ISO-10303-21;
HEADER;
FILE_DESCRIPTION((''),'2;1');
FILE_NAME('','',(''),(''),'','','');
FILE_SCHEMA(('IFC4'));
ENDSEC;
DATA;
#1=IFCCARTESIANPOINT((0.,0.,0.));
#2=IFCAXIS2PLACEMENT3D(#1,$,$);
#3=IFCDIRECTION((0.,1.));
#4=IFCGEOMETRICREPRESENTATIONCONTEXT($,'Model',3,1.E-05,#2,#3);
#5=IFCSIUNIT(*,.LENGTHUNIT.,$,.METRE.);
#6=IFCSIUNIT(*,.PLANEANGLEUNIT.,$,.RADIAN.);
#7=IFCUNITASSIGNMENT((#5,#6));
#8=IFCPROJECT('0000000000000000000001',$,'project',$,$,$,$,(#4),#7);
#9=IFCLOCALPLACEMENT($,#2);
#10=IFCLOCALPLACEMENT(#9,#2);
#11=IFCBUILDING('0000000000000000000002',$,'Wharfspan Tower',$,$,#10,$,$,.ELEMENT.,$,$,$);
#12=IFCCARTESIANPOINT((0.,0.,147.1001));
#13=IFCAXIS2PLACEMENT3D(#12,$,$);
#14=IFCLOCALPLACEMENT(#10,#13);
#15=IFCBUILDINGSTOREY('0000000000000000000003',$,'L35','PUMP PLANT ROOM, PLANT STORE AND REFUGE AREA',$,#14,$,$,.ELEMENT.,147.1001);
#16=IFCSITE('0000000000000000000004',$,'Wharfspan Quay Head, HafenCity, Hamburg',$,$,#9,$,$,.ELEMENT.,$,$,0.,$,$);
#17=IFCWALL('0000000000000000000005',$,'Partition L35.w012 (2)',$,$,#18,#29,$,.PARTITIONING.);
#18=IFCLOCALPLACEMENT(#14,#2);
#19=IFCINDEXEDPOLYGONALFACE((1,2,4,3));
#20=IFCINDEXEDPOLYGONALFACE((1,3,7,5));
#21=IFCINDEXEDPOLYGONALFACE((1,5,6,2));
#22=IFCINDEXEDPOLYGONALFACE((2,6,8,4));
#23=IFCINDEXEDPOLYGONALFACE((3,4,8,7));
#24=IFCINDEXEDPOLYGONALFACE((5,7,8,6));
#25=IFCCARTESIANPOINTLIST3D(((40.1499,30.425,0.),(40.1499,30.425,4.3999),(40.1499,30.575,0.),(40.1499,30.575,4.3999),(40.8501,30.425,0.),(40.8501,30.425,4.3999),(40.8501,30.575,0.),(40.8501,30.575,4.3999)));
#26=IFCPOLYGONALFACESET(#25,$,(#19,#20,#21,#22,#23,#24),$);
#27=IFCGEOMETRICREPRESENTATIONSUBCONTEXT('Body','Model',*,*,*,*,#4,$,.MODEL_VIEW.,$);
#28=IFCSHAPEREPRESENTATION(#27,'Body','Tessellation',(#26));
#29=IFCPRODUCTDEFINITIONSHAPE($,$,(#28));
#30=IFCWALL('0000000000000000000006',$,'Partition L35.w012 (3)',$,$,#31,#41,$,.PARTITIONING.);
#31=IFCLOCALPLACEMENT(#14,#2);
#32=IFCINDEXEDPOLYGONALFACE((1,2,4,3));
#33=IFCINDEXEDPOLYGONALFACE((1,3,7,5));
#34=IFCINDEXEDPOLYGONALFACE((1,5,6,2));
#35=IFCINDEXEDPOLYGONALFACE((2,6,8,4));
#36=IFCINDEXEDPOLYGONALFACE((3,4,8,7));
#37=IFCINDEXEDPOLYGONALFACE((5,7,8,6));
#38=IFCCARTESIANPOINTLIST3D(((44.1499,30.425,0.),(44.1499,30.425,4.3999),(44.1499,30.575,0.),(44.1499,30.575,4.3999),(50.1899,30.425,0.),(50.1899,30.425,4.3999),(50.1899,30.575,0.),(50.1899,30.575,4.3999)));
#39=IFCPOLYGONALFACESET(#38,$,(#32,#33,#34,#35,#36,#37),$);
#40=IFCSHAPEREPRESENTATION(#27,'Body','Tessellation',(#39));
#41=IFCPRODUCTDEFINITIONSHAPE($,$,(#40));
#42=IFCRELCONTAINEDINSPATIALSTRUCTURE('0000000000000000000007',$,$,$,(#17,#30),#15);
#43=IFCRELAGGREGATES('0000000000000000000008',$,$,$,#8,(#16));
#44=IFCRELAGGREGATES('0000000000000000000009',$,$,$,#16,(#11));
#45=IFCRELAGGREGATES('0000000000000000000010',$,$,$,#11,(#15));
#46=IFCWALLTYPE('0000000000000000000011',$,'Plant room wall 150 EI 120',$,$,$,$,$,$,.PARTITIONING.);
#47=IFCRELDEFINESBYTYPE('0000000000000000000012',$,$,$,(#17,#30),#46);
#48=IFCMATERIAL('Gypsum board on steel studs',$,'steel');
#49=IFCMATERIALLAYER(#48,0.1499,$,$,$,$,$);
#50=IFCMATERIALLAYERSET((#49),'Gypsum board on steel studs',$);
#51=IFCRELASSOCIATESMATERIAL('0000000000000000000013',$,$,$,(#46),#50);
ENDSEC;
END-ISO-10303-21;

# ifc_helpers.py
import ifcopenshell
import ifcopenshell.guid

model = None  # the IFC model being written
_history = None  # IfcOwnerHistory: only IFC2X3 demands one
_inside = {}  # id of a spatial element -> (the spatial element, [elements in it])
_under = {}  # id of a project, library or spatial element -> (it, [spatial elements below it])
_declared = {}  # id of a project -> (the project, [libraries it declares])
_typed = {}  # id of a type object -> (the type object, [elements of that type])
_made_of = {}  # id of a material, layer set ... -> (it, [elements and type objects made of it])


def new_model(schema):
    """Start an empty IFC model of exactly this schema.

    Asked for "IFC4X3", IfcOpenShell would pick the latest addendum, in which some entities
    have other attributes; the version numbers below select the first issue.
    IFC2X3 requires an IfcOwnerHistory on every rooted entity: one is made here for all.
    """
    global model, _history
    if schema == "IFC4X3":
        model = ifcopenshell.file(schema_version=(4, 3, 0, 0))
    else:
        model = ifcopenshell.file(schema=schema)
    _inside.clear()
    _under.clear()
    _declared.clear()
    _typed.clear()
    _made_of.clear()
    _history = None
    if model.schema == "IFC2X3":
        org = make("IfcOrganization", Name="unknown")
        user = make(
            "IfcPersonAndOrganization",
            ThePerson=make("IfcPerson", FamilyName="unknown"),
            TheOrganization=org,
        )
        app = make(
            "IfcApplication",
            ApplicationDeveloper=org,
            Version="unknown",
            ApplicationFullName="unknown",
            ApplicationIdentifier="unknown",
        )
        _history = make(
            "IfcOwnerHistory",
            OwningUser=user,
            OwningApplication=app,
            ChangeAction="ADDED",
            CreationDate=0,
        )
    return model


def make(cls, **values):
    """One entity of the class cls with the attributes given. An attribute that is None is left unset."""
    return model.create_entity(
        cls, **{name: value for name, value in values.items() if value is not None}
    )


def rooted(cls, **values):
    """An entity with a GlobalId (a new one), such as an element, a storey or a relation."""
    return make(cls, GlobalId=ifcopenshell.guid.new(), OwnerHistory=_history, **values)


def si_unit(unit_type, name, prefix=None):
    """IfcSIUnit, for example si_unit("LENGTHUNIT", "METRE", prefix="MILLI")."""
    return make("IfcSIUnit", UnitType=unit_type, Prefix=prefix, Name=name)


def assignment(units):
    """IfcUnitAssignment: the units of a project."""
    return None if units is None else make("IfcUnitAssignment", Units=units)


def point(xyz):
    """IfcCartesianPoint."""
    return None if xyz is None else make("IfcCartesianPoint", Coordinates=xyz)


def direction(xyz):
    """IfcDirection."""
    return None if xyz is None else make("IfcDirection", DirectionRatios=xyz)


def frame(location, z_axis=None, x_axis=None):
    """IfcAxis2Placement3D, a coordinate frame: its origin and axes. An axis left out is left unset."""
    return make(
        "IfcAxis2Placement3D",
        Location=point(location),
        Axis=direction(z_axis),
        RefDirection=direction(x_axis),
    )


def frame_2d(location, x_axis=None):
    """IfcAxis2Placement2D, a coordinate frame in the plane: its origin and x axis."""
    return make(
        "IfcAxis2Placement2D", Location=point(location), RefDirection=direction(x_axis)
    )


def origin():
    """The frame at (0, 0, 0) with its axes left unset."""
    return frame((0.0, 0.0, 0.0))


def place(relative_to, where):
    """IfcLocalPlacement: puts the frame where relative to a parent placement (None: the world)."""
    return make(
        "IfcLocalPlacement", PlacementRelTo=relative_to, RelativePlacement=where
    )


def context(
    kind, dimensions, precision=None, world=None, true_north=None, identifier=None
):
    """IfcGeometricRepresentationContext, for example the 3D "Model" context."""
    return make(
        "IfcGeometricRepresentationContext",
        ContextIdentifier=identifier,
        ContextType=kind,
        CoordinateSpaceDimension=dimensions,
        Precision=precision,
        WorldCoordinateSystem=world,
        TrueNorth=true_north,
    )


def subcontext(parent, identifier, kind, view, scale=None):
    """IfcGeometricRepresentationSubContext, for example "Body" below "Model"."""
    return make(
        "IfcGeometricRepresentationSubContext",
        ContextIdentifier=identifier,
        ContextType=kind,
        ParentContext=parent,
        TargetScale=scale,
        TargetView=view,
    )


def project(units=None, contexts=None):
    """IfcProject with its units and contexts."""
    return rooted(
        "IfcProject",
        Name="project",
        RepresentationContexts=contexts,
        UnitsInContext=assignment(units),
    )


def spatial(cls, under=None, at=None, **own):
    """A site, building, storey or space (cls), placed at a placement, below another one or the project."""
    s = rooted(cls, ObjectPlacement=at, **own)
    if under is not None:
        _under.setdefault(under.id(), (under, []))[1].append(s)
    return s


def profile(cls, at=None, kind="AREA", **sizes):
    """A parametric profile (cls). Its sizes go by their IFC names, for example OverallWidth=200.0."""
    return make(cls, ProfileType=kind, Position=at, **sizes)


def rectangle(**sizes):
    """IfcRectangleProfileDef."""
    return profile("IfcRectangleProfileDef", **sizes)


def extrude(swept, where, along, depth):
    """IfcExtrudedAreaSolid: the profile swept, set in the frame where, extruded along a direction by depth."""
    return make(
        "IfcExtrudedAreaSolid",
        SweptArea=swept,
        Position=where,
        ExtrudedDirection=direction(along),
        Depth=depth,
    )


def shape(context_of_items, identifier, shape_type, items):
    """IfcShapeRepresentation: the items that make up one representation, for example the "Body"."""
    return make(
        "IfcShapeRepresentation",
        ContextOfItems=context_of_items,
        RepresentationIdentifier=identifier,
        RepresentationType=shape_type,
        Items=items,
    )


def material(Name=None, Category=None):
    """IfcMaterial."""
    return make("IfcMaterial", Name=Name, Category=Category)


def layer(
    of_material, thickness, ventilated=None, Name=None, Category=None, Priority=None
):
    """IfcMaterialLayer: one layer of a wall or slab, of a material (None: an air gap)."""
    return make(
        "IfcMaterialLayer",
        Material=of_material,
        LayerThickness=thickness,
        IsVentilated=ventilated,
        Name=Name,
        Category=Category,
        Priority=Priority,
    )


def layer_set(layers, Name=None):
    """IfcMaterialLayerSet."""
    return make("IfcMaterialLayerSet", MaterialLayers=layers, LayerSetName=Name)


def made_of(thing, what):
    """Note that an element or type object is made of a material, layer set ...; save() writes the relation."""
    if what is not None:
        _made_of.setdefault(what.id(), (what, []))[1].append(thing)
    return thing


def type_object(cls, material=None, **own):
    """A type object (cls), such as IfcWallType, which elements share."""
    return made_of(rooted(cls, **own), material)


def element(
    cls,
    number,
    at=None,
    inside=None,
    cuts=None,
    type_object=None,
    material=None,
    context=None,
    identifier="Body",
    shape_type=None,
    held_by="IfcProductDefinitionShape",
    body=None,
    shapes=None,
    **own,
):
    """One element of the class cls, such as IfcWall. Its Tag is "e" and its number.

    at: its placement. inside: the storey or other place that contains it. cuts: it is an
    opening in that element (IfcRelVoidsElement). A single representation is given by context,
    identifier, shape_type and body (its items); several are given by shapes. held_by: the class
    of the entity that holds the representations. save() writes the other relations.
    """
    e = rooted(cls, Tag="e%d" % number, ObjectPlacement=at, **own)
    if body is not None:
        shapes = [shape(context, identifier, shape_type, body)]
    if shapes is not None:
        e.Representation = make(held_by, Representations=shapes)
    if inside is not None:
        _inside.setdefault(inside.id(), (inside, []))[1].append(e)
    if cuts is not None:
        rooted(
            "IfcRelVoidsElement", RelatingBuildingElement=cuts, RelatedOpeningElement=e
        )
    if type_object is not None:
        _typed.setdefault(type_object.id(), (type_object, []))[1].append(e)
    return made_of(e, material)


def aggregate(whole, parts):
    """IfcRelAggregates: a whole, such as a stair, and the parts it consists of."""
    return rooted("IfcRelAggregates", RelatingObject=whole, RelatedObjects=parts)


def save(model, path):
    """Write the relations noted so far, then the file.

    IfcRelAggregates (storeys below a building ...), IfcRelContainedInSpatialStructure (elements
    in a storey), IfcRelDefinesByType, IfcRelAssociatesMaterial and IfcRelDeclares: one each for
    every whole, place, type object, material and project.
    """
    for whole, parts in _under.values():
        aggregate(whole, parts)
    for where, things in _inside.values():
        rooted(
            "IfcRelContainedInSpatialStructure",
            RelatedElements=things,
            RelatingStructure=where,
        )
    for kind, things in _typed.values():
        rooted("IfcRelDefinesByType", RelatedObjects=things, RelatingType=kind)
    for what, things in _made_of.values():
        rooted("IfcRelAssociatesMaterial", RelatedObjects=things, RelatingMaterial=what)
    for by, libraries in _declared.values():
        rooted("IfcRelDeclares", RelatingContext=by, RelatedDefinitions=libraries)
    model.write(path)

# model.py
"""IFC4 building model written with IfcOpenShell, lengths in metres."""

from ifc_helpers import new_model, si_unit, direction, frame, frame_2d, origin, place, context, subcontext, project, spatial, rectangle, extrude, material, layer, layer_set, type_object, element, save


model = new_model("IFC4")

# Units and contexts
model_context = context("Model", 3, precision=1e-05, world=origin(), true_north=direction((0.0, 1.0)))
body_context = subcontext(model_context, "Body", "Model", "MODEL_VIEW")
ifc_project = project(units=[si_unit("LENGTHUNIT", "METRE"), si_unit("PLANEANGLEUNIT", "RADIAN")], contexts=[model_context])

# Site, building, storey
site_placement = place(None, origin())
site = spatial("IfcSite", under=ifc_project, at=site_placement, Name="Wharfspan Quay Head, HafenCity, Hamburg", CompositionType="ELEMENT", RefElevation=0.0)
building_placement = place(site_placement, origin())
building = spatial("IfcBuilding", under=site, at=building_placement, Name="Wharfspan Tower", CompositionType="ELEMENT")
storey_placement = place(building_placement, frame((0.0, 0.0, 147.1001)))
storey = spatial("IfcBuildingStorey", under=building, at=storey_placement, Name="L35", Description="PUMP PLANT ROOM, PLANT STORE AND REFUGE AREA", CompositionType="ELEMENT", Elevation=147.1001)

# Shared definitions
ifc_material_1 = material(Name="Gypsum board on steel studs", Category="steel")

# Walls
ifc_layer_1 = layer(ifc_material_1, 0.1499)
ifc_layer_set_1 = layer_set([ifc_layer_1], Name="Gypsum board on steel studs")
wall_type_1 = type_object("IfcWallType", Name="Plant room wall 150 EI 120", PredefinedType="PARTITIONING", material=ifc_layer_set_1)
wall_1_placement = place(storey_placement, frame((40.1499, 30.5, 0.0), z_axis=(0.0, 0.0, 1.0), x_axis=(1.0, 0.0, 0.0)))
element("IfcWall", 1, at=wall_1_placement, inside=storey, type_object=wall_type_1, Name="Partition L35.w012 (2)", PredefinedType="PARTITIONING", context=body_context, shape_type="SweptSolid", body=[
    extrude(rectangle(XDim=0.7002, YDim=0.1499, at=frame_2d((0.3501, 0.0))), origin(), (0.0, 0.0, 1.0), 4.3999),
])
wall_2_placement = place(storey_placement, frame((44.1499, 30.5, 0.0), z_axis=(0.0, 0.0, 1.0), x_axis=(1.0, 0.0, 0.0)))
element("IfcWall", 2, at=wall_2_placement, inside=storey, type_object=wall_type_1, Name="Partition L35.w012 (3)", PredefinedType="PARTITIONING", context=body_context, shape_type="SweptSolid", body=[
    extrude(rectangle(XDim=6.04, YDim=0.1499, at=frame_2d((3.02, 0.0))), origin(), (0.0, 0.0, 1.0), 4.3999),
])

save(model, "model.ifc")
